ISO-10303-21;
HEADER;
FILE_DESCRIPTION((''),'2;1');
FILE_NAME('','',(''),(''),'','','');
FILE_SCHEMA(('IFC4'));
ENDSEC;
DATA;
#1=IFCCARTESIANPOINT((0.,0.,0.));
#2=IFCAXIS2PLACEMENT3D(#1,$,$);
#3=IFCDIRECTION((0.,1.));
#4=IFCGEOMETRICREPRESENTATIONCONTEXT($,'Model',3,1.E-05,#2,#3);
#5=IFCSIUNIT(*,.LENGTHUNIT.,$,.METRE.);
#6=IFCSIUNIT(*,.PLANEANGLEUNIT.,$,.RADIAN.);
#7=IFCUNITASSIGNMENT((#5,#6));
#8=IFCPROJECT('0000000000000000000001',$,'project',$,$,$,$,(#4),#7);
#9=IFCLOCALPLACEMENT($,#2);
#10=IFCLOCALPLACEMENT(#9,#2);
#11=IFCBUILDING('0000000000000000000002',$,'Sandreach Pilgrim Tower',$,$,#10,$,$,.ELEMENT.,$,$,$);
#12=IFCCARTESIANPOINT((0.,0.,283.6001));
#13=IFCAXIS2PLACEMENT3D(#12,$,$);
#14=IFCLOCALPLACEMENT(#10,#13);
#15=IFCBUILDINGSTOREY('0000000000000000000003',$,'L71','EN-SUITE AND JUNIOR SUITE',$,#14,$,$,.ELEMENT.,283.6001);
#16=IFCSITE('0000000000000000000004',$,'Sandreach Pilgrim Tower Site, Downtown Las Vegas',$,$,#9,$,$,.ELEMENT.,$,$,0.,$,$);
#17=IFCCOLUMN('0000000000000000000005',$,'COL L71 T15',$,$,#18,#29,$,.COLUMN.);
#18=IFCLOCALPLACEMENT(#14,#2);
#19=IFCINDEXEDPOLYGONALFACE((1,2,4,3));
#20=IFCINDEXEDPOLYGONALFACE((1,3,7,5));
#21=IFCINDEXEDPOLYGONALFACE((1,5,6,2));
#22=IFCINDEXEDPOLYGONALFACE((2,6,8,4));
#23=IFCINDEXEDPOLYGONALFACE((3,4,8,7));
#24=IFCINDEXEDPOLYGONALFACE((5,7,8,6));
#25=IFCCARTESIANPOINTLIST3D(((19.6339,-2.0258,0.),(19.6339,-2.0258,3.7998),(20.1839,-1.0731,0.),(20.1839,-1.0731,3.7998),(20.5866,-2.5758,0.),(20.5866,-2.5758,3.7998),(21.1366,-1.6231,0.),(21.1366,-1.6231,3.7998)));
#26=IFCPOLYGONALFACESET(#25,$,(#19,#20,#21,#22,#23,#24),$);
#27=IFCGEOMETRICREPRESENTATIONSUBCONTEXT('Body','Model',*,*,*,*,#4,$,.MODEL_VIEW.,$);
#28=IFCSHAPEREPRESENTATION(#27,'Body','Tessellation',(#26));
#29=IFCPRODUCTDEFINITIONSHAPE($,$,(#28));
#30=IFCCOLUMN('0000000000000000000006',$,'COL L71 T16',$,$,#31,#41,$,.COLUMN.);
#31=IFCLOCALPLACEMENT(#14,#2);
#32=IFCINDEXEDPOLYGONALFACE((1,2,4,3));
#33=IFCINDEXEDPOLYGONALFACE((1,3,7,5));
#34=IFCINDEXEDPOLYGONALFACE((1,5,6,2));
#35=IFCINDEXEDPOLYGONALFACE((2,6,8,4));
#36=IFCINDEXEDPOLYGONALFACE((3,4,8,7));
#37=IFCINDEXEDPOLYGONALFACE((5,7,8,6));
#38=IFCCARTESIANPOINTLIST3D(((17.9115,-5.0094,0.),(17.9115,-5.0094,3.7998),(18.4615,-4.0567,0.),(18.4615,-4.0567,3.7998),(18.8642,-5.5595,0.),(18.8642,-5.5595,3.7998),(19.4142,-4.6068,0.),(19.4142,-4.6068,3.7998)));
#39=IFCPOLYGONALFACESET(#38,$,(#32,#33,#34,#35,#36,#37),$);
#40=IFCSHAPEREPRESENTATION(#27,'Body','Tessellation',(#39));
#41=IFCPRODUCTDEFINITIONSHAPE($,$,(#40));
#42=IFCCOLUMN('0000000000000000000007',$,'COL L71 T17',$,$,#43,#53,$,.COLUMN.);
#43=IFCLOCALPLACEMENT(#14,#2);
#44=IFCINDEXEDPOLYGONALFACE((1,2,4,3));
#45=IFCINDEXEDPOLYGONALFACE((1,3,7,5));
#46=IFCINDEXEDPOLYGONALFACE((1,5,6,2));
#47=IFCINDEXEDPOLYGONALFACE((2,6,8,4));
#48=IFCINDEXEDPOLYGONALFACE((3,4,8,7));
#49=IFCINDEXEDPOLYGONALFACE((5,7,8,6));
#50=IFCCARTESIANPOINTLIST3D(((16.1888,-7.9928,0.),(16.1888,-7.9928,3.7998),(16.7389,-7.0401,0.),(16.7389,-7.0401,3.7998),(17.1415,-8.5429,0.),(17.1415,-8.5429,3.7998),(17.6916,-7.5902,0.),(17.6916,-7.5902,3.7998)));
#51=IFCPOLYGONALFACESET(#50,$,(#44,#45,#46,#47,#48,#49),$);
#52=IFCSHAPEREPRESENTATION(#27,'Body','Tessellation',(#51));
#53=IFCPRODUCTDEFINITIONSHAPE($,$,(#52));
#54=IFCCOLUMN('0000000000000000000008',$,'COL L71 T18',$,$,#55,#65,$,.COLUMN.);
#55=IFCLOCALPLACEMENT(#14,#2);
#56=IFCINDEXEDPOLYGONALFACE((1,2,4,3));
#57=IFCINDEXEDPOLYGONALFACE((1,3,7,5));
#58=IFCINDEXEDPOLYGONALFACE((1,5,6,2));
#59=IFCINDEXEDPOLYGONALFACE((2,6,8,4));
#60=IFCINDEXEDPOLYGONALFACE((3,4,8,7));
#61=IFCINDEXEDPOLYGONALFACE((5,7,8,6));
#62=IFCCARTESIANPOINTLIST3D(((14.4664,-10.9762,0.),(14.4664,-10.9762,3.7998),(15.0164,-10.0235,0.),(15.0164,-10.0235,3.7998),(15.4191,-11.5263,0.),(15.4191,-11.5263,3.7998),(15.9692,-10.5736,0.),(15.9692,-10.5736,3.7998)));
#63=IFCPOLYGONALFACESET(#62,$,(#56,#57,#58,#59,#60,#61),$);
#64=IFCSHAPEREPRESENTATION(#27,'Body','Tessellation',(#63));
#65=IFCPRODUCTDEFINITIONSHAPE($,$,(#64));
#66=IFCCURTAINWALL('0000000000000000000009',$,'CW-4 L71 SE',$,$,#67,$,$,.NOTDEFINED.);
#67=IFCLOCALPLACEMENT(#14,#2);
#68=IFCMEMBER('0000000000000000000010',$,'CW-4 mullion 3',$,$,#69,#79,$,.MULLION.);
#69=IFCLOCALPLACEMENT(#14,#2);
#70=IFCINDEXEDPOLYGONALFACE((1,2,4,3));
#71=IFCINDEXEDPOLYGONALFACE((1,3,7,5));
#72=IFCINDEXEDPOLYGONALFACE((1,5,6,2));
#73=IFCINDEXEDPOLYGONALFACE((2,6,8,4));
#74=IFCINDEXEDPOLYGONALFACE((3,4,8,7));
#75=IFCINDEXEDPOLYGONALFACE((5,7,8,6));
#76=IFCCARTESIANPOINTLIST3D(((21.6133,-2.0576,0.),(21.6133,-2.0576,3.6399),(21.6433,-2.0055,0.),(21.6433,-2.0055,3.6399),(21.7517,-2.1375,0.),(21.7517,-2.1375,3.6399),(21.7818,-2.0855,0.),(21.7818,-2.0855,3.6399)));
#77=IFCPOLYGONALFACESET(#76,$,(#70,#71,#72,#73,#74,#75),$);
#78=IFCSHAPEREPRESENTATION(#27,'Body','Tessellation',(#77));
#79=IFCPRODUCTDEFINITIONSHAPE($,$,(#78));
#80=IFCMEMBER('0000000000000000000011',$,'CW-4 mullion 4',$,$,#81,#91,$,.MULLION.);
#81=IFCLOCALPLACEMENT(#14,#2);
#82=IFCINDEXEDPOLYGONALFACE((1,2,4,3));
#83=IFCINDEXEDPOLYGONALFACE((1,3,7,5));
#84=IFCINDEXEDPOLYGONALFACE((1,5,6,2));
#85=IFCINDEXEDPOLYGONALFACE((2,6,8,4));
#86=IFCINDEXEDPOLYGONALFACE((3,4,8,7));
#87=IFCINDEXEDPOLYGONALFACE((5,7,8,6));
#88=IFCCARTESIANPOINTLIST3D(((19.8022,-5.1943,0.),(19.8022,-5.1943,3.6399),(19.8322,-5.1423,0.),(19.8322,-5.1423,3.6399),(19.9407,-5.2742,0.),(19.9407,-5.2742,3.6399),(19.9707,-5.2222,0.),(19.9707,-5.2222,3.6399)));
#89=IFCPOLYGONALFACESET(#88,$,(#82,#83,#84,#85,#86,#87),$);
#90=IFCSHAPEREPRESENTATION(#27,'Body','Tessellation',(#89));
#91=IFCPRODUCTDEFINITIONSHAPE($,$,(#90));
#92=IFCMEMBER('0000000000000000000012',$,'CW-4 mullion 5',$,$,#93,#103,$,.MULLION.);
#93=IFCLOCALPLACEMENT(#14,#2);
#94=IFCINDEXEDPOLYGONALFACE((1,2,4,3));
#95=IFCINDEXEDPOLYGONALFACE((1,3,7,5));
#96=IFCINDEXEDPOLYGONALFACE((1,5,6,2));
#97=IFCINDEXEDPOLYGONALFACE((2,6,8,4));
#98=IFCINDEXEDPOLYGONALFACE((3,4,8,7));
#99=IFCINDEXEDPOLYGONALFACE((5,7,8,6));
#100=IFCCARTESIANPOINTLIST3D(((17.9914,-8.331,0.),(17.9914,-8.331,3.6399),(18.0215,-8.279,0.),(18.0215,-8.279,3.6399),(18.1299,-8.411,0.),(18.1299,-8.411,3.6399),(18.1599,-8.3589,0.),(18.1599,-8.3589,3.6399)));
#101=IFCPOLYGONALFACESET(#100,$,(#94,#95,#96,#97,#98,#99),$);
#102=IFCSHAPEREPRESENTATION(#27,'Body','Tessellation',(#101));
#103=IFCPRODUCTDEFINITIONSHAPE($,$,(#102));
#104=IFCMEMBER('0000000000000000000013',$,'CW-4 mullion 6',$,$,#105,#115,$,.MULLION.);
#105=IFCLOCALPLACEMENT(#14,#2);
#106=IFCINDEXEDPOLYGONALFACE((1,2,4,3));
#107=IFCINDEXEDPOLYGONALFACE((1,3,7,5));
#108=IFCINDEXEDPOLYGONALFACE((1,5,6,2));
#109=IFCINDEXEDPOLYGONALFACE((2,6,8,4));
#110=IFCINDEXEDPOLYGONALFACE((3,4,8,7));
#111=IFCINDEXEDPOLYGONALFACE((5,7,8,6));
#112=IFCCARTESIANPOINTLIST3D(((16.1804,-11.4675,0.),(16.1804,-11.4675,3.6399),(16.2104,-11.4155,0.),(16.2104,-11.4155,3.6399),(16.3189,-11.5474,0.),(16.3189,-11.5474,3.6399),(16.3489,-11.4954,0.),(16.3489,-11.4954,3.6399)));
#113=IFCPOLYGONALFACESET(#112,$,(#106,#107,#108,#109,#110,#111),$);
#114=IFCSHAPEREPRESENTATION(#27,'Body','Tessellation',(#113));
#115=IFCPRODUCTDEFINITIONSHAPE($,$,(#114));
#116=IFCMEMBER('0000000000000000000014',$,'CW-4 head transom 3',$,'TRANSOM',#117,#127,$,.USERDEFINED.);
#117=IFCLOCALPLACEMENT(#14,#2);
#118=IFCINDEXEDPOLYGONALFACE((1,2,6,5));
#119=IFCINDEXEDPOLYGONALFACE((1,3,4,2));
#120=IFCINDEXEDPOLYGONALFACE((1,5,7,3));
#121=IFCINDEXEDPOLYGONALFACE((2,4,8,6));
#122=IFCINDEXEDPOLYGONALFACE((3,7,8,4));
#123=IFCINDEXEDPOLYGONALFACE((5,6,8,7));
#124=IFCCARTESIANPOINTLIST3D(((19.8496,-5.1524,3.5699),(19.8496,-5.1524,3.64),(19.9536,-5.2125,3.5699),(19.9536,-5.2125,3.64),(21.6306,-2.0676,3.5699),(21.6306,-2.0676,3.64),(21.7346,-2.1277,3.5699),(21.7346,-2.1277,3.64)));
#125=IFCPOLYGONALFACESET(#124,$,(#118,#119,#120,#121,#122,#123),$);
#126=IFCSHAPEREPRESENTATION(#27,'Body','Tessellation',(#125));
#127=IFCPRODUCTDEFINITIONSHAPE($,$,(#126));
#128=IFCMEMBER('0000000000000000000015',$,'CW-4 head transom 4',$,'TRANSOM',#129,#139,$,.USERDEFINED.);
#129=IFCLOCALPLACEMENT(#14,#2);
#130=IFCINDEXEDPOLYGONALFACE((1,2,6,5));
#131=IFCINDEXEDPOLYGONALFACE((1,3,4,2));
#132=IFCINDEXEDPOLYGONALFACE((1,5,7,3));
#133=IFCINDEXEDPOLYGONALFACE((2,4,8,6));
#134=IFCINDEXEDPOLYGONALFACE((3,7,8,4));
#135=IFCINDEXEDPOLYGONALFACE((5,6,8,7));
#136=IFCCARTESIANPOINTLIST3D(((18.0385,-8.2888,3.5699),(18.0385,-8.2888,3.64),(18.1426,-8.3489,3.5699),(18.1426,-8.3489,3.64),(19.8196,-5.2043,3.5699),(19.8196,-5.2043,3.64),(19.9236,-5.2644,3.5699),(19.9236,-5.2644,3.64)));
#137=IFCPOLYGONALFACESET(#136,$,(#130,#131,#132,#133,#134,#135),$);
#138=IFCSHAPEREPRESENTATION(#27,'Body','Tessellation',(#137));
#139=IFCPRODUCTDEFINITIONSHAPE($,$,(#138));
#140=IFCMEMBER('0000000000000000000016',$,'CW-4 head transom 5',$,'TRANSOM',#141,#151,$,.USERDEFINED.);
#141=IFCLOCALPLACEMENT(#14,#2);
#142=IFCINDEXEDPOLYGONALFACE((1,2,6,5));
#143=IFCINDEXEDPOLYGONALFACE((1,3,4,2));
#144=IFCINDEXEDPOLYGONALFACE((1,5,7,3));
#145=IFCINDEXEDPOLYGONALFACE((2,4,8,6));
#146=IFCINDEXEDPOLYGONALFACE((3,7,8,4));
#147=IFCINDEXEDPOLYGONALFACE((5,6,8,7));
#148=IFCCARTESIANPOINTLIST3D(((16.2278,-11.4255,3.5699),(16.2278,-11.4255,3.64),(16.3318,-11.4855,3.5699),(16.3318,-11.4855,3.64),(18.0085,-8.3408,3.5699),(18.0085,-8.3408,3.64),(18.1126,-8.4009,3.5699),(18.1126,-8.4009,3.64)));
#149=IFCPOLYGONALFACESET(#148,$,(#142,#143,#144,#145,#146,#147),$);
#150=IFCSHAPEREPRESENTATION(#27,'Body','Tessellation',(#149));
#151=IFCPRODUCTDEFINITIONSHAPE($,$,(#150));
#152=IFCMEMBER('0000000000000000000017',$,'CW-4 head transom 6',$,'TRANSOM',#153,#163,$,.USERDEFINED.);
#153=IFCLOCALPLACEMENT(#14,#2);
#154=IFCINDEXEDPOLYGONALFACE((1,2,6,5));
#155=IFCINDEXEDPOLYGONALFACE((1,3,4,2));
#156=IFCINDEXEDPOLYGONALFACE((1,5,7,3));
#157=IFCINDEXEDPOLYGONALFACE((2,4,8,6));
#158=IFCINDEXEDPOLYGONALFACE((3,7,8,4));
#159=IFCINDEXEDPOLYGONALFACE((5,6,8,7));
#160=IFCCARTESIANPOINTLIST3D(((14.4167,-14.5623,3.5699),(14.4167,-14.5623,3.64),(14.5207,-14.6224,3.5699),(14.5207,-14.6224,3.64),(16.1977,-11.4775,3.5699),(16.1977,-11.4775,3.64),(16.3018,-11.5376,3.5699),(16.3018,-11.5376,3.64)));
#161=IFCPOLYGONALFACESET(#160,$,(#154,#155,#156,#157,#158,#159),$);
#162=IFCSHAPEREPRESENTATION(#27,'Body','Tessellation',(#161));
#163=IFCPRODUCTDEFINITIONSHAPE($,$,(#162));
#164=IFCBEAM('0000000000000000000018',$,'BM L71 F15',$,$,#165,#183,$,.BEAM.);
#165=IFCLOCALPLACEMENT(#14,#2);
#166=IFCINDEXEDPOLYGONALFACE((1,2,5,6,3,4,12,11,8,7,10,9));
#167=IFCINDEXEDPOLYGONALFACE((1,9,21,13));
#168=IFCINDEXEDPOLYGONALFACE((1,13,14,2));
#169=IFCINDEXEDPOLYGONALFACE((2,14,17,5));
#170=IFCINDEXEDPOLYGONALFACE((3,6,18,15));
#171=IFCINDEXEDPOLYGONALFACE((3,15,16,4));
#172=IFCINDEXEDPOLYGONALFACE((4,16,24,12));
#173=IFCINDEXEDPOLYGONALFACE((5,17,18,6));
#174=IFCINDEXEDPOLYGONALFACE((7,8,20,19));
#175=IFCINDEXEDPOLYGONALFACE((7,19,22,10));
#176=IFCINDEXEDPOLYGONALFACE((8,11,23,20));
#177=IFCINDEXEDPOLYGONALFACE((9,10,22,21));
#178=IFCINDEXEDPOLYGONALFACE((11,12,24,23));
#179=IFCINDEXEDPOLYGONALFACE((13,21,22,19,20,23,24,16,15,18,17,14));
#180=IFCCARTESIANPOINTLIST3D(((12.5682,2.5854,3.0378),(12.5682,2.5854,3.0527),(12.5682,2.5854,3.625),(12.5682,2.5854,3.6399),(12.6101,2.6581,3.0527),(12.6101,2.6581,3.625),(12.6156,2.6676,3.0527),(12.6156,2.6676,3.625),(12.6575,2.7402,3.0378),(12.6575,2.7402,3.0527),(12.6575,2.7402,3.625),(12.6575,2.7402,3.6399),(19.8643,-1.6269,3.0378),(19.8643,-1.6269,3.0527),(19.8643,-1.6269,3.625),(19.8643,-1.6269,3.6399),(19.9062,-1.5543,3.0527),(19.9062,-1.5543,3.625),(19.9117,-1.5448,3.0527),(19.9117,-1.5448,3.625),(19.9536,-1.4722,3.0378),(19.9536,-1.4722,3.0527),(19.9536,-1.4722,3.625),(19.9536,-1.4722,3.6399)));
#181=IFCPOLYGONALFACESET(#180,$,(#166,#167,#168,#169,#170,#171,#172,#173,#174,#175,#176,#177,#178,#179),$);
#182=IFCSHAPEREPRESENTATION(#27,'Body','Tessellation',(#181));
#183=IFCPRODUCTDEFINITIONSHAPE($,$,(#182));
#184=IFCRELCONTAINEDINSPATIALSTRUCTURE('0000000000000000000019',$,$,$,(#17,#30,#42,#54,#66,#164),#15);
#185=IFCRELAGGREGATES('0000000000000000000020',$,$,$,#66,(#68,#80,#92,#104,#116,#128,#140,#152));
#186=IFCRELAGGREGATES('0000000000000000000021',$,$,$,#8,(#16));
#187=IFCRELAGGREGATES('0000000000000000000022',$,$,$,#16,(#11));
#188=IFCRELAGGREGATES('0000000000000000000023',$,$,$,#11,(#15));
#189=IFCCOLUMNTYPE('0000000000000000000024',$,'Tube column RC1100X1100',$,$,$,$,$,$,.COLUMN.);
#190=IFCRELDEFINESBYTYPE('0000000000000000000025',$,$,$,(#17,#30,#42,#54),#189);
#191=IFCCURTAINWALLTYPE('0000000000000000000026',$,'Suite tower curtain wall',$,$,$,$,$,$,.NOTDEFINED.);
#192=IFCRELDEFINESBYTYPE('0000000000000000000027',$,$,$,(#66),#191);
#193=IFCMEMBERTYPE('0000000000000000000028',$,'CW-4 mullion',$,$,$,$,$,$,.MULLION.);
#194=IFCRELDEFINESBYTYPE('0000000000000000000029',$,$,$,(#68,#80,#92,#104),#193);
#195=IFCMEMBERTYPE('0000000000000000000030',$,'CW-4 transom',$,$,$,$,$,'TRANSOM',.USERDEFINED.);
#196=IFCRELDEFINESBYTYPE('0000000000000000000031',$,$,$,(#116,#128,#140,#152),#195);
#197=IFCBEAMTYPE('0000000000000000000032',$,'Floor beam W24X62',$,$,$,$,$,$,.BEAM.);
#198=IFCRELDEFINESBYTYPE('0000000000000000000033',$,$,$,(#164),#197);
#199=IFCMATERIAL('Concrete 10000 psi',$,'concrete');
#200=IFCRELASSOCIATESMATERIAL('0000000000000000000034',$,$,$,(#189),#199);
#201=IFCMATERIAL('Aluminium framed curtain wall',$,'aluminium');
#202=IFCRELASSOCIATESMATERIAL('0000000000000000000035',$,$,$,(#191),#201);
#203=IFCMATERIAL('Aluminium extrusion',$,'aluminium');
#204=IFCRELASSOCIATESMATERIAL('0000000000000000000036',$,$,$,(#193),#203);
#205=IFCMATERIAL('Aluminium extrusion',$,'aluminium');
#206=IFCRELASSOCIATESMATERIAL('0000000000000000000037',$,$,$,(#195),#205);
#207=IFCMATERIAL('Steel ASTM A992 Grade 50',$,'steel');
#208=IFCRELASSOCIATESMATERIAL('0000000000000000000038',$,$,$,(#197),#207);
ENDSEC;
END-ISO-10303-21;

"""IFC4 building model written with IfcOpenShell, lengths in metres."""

from ifc_helpers import new_model, si_unit, direction, frame, origin, origin_2d, place, context, subcontext, project, spatial, rectangle, i_section, extrude, material, material_profile, profile_set, type_object, element, aggregate, save


model = new_model("IFC4")

# Units and contexts
model_context = context("Model", 3, precision=1e-05, world=origin(), true_north=direction((0.0, 1.0)))
body_context = subcontext(model_context, "Body", "Model", "MODEL_VIEW")
ifc_project = project(units=[si_unit("LENGTHUNIT", "METRE"), si_unit("PLANEANGLEUNIT", "RADIAN")], contexts=[model_context])

# Site, building, storey
site_placement = place(None, origin())
site = spatial("IfcSite", under=ifc_project, at=site_placement, Name="Sandreach Pilgrim Tower Site, Downtown Las Vegas", CompositionType="ELEMENT", RefElevation=0.0)
building_placement = place(site_placement, origin())
building = spatial("IfcBuilding", under=site, at=building_placement, Name="Sandreach Pilgrim Tower", CompositionType="ELEMENT")
storey_placement = place(building_placement, frame((0.0, 0.0, 283.6001)))
storey = spatial("IfcBuildingStorey", under=building, at=storey_placement, Name="L71", Description="EN-SUITE AND JUNIOR SUITE", CompositionType="ELEMENT", Elevation=283.6001)

# Columns
ifc_material_1 = material(Name="Concrete 10000 psi", Category="concrete")
ifc_material_profile_1 = material_profile(ifc_material_1, rectangle(XDim=1.1001, YDim=1.1001, at=origin_2d()), Name="RC1100X1100")
ifc_profile_set_1 = profile_set([ifc_material_profile_1], Name="Concrete 10000 psi")
column_type = type_object("IfcColumnType", Name="Tube column RC1100X1100", PredefinedType="COLUMN", material=ifc_profile_set_1)
for number, where, z_axis, x_axis, name in (
    (1, (20.3853, -1.8245, 0.0), (0.0, 0.0, 1.0), (0.866025, -0.5, 0.0), "COL L71 T15"),
    (2, (18.6628, -4.8081, 0.0), (0.0, 0.0, 1.0), (0.866025, -0.5, 0.0), "COL L71 T16"),
    (3, (16.9402, -7.7915, 0.0), (0.0, 0.0, 1.0), (0.866025, -0.5, 0.0), "COL L71 T17"),
    (4, (15.2178, -10.7749, 0.0), (0.0, 0.0, 1.0), (0.866025, -0.5, 0.0), "COL L71 T18"),
):
    element("IfcColumn", number, at=place(storey_placement, frame(where, z_axis=z_axis, x_axis=x_axis)), inside=storey, type_object=column_type, Name=name, PredefinedType="COLUMN", context=body_context, shape_type="SweptSolid", body=[
        extrude(rectangle(XDim=1.1001, YDim=1.1001, at=origin_2d()), origin(), (0.0, 0.0, 1.0), 3.7998),
    ])

# Curtain wall, members
ifc_material_2 = material(Name="Aluminium framed curtain wall", Category="aluminium")
curtain_wall_type = type_object("IfcCurtainWallType", Name="Suite tower curtain wall", PredefinedType="NOTDEFINED", material=ifc_material_2)
curtain_wall_placement = place(storey_placement, origin())
curtain_wall = element("IfcCurtainWall", 5, at=curtain_wall_placement, inside=storey, type_object=curtain_wall_type, Name="CW-4 L71 SE", PredefinedType="NOTDEFINED")
ifc_material_3 = material(Name="Aluminium extrusion", Category="aluminium")
ifc_material_profile_2 = material_profile(ifc_material_3, rectangle(XDim=0.0601, YDim=0.1599, at=origin_2d()), Name="CW-4M 60X160")
ifc_profile_set_2 = profile_set([ifc_material_profile_2], Name="Aluminium extrusion")
member_type_1 = type_object("IfcMemberType", Name="CW-4 mullion", PredefinedType="MULLION", material=ifc_profile_set_2)
member_1_placement = place(storey_placement, frame((21.6975, -2.0715, 0.0), z_axis=(0.0, 0.0, 1.0), x_axis=(-0.5, -0.866025, 0.0)))
member_1 = element("IfcMember", 6, at=member_1_placement, type_object=member_type_1, Name="CW-4 mullion 3", PredefinedType="MULLION", context=body_context, shape_type="SweptSolid", body=[
    extrude(rectangle(XDim=0.0601, YDim=0.1599, at=origin_2d()), origin(), (0.0, 0.0, 1.0), 3.6399),
])
member_2_placement = place(storey_placement, frame((19.8865, -5.2083, 0.0), z_axis=(0.0, 0.0, 1.0), x_axis=(-0.5, -0.866025, 0.0)))
member_2 = element("IfcMember", 7, at=member_2_placement, type_object=member_type_1, Name="CW-4 mullion 4", PredefinedType="MULLION", context=body_context, shape_type="SweptSolid", body=[
    extrude(rectangle(XDim=0.0601, YDim=0.1599, at=origin_2d()), origin(), (0.0, 0.0, 1.0), 3.6399),
])
member_3_placement = place(storey_placement, frame((18.0757, -8.345, 0.0), z_axis=(0.0, 0.0, 1.0), x_axis=(-0.5, -0.866025, 0.0)))
member_3 = element("IfcMember", 8, at=member_3_placement, type_object=member_type_1, Name="CW-4 mullion 5", PredefinedType="MULLION", context=body_context, shape_type="SweptSolid", body=[
    extrude(rectangle(XDim=0.0601, YDim=0.1599, at=origin_2d()), origin(), (0.0, 0.0, 1.0), 3.6399),
])
member_4_placement = place(storey_placement, frame((16.2646, -11.4814, 0.0), z_axis=(0.0, 0.0, 1.0), x_axis=(-0.5, -0.866025, 0.0)))
member_4 = element("IfcMember", 9, at=member_4_placement, type_object=member_type_1, Name="CW-4 mullion 6", PredefinedType="MULLION", context=body_context, shape_type="SweptSolid", body=[
    extrude(rectangle(XDim=0.0601, YDim=0.1599, at=origin_2d()), origin(), (0.0, 0.0, 1.0), 3.6399),
])
ifc_material_4 = material(Name="Aluminium extrusion", Category="aluminium")
ifc_material_profile_3 = material_profile(ifc_material_4, rectangle(XDim=0.1201, YDim=0.0701, at=origin_2d()), Name="CW-4T 120X70")
ifc_profile_set_3 = profile_set([ifc_material_profile_3], Name="Aluminium extrusion")
member_type_2 = type_object("IfcMemberType", Name="CW-4 transom", ElementType="TRANSOM", PredefinedType="USERDEFINED", material=ifc_profile_set_3)
member_5_placement = place(storey_placement, frame((21.6826, -2.0977, 3.605), z_axis=(-0.500009, -0.86602, 0.0), x_axis=(0.86602, -0.500009, 0.0)))
member_5 = element("IfcMember", 10, at=member_5_placement, type_object=member_type_2, Name="CW-4 head transom 3", ObjectType="TRANSOM", PredefinedType="USERDEFINED", context=body_context, shape_type="SweptSolid", body=[
    extrude(rectangle(XDim=0.1201, YDim=0.0701, at=origin_2d()), origin(), (0.0, 0.0, 1.0), 3.562),
])
member_6_placement = place(storey_placement, frame((19.8716, -5.2344, 3.605), z_axis=(-0.500039, -0.866003, 0.0), x_axis=(0.866003, -0.500039, 0.0)))
member_6 = element("IfcMember", 11, at=member_6_placement, type_object=member_type_2, Name="CW-4 head transom 4", ObjectType="TRANSOM", PredefinedType="USERDEFINED", context=body_context, shape_type="SweptSolid", body=[
    extrude(rectangle(XDim=0.1201, YDim=0.0701, at=origin_2d()), origin(), (0.0, 0.0, 1.0), 3.5618),
])
member_7_placement = place(storey_placement, frame((18.0605, -8.3708, 3.605), z_axis=(-0.499958, -0.86605, 0.0), x_axis=(0.86605, -0.499958, 0.0)))
member_7 = element("IfcMember", 12, at=member_7_placement, type_object=member_type_2, Name="CW-4 head transom 5", ObjectType="TRANSOM", PredefinedType="USERDEFINED", context=body_context, shape_type="SweptSolid", body=[
    extrude(rectangle(XDim=0.1201, YDim=0.0701, at=origin_2d()), origin(), (0.0, 0.0, 1.0), 3.5618),
])
member_8_placement = place(storey_placement, frame((16.2498, -11.5076, 3.605), z_axis=(-0.500009, -0.86602, 0.0), x_axis=(0.86602, -0.500009, 0.0)))
member_8 = element("IfcMember", 13, at=member_8_placement, type_object=member_type_2, Name="CW-4 head transom 6", ObjectType="TRANSOM", PredefinedType="USERDEFINED", context=body_context, shape_type="SweptSolid", body=[
    extrude(rectangle(XDim=0.1201, YDim=0.0701, at=origin_2d()), origin(), (0.0, 0.0, 1.0), 3.562),
])

# Beam
ifc_material_5 = material(Name="Steel ASTM A992 Grade 50", Category="steel")
ifc_material_profile_4 = material_profile(ifc_material_5, i_section(OverallWidth=0.1787, OverallDepth=0.6021, WebThickness=0.011, FlangeThickness=0.0149, at=origin_2d()), Name="W24X62")
ifc_profile_set_4 = profile_set([ifc_material_profile_4], Name="Steel ASTM A992 Grade 50")
beam_type_1 = type_object("IfcBeamType", Name="Floor beam W24X62", PredefinedType="BEAM", material=ifc_profile_set_4)
beam_1_placement = place(storey_placement, frame((19.9089, -1.5496, 3.3389), z_axis=(-0.866027, 0.499998, 0.0), x_axis=(-0.499998, -0.866027, 0.0)))
element("IfcBeam", 14, at=beam_1_placement, inside=storey, type_object=beam_type_1, Name="BM L71 F15", PredefinedType="BEAM", context=body_context, shape_type="SweptSolid", body=[
    extrude(i_section(OverallWidth=0.1787, OverallDepth=0.6021, WebThickness=0.011, FlangeThickness=0.0149, at=origin_2d()), origin(), (0.0, 0.0, 1.0), 8.4248),
])

aggregate(curtain_wall, [member_1, member_2, member_3, member_4, member_5, member_6, member_7, member_8])

save(model, "model.ifc")
